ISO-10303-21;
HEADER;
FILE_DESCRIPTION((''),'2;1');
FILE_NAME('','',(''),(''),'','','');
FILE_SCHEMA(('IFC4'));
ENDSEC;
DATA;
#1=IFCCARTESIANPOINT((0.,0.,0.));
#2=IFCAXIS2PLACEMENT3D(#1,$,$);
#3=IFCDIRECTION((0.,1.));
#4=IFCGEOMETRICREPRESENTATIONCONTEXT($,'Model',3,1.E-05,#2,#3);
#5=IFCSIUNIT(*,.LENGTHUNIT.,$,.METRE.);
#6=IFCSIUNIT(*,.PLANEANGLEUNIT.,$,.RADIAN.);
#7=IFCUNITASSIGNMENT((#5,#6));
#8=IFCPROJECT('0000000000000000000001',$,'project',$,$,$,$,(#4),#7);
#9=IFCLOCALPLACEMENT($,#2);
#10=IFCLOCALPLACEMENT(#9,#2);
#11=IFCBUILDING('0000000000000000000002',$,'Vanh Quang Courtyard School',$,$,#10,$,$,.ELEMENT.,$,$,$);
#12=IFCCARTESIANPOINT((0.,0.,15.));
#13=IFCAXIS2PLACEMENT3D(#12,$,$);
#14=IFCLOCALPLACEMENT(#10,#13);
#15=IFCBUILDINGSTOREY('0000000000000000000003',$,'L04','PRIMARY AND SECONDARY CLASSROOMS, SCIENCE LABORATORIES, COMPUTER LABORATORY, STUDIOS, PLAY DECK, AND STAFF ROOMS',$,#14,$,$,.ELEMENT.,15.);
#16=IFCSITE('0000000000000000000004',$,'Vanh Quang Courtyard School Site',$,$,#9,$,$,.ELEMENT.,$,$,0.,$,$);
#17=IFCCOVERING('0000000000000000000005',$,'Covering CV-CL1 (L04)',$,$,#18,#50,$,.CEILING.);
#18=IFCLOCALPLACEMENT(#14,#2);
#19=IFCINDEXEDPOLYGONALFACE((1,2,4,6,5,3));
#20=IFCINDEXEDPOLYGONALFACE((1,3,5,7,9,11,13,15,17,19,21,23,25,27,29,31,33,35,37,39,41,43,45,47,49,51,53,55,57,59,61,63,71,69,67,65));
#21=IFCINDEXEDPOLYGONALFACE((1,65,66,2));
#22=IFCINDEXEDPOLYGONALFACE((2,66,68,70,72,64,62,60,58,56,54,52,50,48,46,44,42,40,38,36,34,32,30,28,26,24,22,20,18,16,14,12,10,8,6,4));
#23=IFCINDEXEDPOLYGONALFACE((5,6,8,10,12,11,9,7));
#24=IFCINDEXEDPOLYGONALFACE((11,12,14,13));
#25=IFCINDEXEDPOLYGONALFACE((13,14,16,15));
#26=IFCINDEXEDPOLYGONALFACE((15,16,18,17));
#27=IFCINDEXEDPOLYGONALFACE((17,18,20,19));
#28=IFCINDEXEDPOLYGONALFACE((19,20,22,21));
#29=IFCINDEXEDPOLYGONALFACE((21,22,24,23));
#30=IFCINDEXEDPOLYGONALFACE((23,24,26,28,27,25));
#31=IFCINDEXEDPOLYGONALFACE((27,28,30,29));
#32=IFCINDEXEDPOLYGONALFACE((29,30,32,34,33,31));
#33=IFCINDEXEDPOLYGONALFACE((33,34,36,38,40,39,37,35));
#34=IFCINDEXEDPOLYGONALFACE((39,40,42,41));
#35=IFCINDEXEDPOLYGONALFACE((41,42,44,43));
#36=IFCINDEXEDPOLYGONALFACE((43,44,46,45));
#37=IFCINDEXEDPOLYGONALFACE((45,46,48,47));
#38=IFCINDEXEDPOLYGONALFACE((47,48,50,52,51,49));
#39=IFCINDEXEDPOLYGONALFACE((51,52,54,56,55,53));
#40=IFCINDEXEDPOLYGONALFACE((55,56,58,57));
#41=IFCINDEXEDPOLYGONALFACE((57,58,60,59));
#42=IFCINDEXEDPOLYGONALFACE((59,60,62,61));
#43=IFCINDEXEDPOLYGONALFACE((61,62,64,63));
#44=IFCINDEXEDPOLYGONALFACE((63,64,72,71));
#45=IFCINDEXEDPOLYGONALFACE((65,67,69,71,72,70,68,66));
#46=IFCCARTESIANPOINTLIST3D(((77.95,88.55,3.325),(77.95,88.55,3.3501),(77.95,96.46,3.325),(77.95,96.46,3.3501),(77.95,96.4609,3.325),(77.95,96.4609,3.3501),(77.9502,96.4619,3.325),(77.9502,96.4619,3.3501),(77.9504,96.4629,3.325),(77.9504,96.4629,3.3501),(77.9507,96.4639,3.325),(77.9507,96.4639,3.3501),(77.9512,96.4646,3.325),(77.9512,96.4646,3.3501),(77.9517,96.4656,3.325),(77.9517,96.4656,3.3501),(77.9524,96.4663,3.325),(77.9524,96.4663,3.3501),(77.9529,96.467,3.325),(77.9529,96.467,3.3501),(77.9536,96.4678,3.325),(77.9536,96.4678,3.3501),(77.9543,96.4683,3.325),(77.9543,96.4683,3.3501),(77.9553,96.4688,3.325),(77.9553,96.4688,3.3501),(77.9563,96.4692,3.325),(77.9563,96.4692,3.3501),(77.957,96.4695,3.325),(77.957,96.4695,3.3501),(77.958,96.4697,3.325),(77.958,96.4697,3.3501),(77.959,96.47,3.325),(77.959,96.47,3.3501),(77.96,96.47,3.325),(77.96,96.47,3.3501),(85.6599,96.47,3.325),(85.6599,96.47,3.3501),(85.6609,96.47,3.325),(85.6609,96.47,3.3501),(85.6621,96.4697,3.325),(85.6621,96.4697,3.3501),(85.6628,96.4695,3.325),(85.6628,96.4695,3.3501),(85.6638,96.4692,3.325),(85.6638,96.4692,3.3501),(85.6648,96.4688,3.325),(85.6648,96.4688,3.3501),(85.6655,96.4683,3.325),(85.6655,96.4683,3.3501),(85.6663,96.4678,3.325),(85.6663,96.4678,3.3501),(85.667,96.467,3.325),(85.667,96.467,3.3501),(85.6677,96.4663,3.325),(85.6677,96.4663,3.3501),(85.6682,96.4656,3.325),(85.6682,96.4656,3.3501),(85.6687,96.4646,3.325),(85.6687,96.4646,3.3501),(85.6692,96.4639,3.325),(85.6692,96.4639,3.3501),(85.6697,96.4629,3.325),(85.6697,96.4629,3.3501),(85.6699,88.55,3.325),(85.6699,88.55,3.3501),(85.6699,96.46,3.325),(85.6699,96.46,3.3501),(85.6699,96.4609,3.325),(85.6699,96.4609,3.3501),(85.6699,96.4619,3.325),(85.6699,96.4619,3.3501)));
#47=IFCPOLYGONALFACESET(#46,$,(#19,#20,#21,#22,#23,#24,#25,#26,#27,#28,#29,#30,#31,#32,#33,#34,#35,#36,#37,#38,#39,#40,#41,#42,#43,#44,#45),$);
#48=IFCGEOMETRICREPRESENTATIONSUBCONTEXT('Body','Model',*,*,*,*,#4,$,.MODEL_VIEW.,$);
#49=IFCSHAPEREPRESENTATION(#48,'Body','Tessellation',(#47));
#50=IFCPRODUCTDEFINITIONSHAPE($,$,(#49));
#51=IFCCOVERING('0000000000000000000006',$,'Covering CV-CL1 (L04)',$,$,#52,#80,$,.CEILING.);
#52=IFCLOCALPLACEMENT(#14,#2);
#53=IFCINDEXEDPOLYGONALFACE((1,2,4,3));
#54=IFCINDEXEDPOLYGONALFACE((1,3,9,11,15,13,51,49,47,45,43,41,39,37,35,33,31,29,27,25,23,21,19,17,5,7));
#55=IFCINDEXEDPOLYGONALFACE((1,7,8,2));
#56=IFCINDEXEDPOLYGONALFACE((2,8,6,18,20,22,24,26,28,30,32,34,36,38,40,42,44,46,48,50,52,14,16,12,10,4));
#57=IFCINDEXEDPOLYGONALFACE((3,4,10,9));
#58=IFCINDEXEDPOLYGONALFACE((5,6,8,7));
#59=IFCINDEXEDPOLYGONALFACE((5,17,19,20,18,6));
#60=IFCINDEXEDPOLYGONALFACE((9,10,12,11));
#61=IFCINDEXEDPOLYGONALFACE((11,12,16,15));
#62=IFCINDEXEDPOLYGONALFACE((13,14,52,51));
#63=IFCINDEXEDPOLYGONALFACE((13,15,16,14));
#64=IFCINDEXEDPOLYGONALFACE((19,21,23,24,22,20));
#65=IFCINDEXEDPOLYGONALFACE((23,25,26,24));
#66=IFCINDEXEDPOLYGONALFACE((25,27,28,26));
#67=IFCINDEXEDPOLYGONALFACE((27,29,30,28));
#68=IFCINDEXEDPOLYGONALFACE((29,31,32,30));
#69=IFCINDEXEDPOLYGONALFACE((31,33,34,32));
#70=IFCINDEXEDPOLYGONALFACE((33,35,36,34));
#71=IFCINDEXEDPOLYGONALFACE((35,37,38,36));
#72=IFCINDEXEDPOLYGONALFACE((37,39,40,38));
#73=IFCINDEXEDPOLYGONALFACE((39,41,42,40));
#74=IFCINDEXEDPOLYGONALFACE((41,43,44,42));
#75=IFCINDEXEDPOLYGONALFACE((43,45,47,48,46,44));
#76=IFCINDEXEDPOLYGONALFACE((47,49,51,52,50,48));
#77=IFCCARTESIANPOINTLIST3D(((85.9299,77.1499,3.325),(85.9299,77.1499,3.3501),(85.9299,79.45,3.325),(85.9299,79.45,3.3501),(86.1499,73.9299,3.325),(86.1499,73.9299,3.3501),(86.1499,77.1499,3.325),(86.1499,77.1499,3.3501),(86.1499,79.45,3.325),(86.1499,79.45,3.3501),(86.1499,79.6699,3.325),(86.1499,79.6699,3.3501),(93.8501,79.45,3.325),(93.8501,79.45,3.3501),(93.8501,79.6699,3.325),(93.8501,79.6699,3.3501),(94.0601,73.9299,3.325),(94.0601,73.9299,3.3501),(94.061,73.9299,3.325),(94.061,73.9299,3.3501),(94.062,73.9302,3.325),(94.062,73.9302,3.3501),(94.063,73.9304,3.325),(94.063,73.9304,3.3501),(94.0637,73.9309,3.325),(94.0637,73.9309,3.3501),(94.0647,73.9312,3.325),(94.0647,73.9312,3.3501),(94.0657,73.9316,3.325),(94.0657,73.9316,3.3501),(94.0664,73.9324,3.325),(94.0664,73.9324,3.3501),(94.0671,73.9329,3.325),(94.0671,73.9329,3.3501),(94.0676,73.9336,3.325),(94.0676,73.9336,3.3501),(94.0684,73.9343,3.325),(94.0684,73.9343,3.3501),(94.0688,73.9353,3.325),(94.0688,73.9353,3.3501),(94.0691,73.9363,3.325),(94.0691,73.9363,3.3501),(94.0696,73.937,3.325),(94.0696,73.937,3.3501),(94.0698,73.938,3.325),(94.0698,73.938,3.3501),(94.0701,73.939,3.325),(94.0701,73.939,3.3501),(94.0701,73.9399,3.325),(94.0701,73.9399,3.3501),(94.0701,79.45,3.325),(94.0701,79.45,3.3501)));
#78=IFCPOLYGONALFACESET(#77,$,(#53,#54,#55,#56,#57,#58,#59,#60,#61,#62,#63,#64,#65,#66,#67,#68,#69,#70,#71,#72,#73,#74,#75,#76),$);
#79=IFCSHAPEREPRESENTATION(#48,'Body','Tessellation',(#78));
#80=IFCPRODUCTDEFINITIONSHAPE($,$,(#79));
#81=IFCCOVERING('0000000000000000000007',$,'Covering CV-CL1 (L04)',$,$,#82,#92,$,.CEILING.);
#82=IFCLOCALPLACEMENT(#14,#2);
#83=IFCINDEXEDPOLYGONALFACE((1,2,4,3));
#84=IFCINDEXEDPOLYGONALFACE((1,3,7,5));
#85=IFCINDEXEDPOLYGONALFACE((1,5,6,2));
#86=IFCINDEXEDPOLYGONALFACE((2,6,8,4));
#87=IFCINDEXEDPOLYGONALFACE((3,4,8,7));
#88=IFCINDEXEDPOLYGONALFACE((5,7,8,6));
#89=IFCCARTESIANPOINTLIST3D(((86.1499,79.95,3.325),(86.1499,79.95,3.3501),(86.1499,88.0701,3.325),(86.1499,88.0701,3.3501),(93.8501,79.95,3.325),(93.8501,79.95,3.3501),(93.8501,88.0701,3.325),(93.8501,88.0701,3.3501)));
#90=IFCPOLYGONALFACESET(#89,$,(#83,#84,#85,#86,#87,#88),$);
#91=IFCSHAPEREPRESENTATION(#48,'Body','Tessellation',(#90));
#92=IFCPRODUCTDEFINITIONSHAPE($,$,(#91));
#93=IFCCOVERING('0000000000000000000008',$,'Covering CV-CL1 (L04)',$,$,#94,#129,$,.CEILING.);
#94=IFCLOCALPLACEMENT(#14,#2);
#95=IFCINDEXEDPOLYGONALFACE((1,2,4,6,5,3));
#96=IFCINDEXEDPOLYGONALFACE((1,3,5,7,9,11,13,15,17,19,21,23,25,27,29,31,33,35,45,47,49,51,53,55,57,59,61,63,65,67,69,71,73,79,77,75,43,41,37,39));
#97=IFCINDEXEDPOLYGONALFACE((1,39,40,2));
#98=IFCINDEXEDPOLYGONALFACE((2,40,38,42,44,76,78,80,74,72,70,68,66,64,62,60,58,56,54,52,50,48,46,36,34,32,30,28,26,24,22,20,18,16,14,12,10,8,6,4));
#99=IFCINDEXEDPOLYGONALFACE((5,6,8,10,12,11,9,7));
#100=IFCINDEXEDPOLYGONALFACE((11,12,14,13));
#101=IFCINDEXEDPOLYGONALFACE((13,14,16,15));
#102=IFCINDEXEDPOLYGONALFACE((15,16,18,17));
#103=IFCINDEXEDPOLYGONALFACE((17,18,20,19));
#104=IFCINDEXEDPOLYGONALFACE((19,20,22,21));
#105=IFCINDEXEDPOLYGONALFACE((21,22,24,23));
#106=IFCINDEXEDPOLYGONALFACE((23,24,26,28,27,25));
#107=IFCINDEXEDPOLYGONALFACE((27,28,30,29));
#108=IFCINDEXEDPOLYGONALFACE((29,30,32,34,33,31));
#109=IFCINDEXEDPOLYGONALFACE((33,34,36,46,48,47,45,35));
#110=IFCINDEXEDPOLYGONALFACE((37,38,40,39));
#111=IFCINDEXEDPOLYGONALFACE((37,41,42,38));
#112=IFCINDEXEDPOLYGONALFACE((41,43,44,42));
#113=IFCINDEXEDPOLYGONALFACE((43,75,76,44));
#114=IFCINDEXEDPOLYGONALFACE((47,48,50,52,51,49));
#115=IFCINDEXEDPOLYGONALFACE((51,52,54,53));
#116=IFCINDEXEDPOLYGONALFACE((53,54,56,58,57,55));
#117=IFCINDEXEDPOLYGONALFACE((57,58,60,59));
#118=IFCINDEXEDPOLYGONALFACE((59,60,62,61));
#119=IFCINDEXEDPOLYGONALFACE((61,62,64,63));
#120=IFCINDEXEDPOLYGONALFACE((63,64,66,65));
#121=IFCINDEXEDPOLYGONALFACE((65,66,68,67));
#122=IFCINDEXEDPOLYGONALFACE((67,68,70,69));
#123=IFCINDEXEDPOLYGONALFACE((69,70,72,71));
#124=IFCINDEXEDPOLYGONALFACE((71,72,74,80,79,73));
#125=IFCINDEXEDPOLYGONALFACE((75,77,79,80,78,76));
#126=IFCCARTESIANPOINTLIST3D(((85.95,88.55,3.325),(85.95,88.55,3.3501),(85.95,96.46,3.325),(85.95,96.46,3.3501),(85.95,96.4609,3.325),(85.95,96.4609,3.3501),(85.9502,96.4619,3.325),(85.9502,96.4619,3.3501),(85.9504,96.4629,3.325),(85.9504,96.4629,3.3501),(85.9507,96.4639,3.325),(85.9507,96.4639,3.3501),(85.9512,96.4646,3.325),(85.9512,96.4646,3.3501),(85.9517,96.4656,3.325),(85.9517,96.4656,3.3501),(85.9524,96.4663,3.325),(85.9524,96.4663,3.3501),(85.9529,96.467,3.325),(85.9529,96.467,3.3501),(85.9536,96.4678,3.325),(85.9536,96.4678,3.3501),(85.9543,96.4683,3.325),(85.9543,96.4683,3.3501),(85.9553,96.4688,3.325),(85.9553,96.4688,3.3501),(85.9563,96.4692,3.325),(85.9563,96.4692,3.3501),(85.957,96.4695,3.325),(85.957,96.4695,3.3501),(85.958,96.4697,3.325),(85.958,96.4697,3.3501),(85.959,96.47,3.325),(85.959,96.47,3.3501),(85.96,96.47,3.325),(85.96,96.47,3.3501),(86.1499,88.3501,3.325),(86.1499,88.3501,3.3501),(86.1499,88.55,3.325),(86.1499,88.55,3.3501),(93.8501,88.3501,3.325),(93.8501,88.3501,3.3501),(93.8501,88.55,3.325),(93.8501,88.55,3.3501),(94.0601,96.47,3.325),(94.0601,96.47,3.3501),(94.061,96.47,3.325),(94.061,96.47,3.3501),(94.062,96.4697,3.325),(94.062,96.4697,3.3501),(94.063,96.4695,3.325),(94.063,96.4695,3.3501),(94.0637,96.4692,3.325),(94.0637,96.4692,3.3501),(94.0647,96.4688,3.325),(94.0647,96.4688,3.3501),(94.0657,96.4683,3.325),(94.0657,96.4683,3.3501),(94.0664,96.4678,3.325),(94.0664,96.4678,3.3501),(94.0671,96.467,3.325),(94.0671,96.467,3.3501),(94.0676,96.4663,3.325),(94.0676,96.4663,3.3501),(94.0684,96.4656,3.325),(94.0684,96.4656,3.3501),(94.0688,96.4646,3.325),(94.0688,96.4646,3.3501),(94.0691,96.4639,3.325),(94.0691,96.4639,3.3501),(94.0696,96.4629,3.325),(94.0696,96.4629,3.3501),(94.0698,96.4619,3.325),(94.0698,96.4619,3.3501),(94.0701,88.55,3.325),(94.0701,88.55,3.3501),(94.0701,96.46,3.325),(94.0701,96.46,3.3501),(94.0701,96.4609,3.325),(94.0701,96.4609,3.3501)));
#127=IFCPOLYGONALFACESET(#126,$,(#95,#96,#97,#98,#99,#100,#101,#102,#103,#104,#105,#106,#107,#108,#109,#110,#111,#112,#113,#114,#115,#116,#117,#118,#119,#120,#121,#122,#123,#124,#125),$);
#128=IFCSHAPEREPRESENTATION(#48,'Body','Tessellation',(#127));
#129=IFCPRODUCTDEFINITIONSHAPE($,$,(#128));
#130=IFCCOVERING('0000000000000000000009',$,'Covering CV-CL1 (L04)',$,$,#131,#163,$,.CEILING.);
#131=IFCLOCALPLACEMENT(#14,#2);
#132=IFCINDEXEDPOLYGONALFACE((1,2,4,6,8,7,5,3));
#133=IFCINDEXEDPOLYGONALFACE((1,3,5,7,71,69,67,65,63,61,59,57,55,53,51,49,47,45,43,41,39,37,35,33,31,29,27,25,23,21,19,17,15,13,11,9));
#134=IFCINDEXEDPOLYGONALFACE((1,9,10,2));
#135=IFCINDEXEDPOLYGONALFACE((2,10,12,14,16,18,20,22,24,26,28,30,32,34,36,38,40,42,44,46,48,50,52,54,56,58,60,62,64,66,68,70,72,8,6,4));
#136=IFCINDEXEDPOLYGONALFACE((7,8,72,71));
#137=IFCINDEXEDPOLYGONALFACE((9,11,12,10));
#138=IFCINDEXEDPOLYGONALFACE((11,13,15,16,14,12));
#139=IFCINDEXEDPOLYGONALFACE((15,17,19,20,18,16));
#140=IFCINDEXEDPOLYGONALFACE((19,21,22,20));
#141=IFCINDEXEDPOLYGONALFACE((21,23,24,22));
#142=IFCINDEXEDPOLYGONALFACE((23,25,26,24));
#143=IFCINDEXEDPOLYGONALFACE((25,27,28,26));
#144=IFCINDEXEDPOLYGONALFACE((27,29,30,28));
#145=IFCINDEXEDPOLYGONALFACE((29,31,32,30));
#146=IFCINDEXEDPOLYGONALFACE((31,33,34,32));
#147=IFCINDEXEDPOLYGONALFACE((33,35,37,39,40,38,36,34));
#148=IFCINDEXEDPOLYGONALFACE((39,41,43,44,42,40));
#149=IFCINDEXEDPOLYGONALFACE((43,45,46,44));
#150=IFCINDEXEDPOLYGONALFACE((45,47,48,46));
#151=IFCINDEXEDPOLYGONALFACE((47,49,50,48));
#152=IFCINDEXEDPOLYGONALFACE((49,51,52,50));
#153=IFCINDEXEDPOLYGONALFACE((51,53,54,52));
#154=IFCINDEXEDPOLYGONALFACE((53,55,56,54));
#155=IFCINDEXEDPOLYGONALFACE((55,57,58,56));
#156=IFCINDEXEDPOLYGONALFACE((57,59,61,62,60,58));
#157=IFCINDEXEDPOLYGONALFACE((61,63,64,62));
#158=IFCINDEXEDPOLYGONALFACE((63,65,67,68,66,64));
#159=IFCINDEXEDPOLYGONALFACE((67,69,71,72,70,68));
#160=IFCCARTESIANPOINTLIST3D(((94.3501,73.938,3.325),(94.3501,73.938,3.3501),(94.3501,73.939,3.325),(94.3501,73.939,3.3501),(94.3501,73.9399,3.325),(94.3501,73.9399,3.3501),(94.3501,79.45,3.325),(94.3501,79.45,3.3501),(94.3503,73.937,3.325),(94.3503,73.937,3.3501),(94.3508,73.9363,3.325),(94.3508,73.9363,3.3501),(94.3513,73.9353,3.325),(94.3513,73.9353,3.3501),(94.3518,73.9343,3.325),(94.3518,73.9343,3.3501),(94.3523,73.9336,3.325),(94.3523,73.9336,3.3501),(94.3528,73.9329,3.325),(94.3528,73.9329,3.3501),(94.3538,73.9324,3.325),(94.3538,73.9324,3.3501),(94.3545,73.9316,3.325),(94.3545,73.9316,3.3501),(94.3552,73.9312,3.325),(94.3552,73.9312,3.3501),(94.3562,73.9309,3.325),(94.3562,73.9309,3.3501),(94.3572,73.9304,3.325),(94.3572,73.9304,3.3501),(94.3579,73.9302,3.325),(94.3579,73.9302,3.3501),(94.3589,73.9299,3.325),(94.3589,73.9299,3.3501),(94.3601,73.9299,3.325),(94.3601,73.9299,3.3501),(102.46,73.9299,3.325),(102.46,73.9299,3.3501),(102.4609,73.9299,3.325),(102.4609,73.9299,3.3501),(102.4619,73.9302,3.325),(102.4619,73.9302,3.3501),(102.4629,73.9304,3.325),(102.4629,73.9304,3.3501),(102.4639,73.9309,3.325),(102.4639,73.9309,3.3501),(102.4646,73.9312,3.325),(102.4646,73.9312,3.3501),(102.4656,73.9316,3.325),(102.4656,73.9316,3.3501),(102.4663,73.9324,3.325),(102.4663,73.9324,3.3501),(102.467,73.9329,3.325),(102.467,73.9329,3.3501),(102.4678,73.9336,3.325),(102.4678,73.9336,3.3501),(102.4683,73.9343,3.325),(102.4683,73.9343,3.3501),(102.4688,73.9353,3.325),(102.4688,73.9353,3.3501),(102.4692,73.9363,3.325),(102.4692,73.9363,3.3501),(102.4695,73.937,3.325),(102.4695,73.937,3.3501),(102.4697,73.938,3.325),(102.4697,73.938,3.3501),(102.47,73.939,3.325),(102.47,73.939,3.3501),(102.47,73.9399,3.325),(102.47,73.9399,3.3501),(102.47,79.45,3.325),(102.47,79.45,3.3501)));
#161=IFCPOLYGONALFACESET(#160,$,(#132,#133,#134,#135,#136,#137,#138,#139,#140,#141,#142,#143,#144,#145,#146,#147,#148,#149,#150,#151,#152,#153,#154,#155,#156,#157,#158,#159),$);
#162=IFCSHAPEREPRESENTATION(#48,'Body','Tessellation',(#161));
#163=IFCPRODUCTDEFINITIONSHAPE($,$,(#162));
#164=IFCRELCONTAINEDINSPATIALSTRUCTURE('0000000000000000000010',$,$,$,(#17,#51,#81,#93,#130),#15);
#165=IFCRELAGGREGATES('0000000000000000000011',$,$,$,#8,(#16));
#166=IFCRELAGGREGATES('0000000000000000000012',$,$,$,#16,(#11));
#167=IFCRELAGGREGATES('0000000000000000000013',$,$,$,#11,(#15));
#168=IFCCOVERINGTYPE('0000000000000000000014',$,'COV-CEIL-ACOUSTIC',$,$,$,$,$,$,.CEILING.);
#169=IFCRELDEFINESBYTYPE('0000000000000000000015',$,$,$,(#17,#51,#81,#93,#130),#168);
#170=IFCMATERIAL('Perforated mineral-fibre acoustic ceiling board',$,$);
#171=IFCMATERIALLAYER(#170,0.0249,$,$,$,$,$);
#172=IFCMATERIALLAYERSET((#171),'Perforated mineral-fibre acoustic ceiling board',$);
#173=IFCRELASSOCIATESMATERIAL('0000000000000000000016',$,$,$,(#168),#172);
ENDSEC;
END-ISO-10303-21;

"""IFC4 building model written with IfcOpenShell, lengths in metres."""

from ifc_helpers import new_model, si_unit, direction, frame, origin, place, context, subcontext, project, spatial, polyline, outline, extrude, material, layer, layer_set, type_object, element, save


model = new_model("IFC4")

# Units and contexts
model_context = context("Model", 3, precision=1e-05, world=origin(), true_north=direction((0.0, 1.0)))
body_context = subcontext(model_context, "Body", "Model", "MODEL_VIEW")
ifc_project = project(units=[si_unit("LENGTHUNIT", "METRE"), si_unit("PLANEANGLEUNIT", "RADIAN")], contexts=[model_context])

# Site, building, storey
site_placement = place(None, origin())
site = spatial("IfcSite", under=ifc_project, at=site_placement, Name="Vanh Quang Courtyard School Site", CompositionType="ELEMENT", RefElevation=0.0)
building_placement = place(site_placement, origin())
building = spatial("IfcBuilding", under=site, at=building_placement, Name="Vanh Quang Courtyard School", CompositionType="ELEMENT")
storey_placement = place(building_placement, frame((0.0, 0.0, 15.0)))
storey = spatial("IfcBuildingStorey", under=building, at=storey_placement, Name="L04", Description="PRIMARY AND SECONDARY CLASSROOMS, SCIENCE LABORATORIES, COMPUTER LABORATORY, STUDIOS, PLAY DECK, AND STAFF ROOMS", CompositionType="ELEMENT", Elevation=15.0)

# Coverings
ifc_material_1 = material(Name="Perforated mineral-fibre acoustic ceiling board")
ifc_layer_1 = layer(ifc_material_1, 0.0249)
ifc_layer_set_1 = layer_set([ifc_layer_1], Name="Perforated mineral-fibre acoustic ceiling board")
covering_type_1 = type_object("IfcCoveringType", Name="COV-CEIL-ACOUSTIC", PredefinedType="CEILING", material=ifc_layer_set_1)
covering_1_placement = place(storey_placement, frame((0.0, 0.0, 3.325)))
element("IfcCovering", 1, at=covering_1_placement, inside=storey, type_object=covering_type_1, Name="Covering CV-CL1 (L04)", PredefinedType="CEILING", context=body_context, shape_type="SweptSolid", body=[
    extrude(outline(polyline([(77.95, 96.46), (77.95, 96.4609), (77.9502, 96.4619), (77.9504, 96.4629), (77.9507, 96.4639), (77.9512, 96.4646), (77.9517, 96.4656), (77.9524, 96.4663), (77.9529, 96.467), (77.9536, 96.4678), (77.9543, 96.4683), (77.9553, 96.4688), (77.9563, 96.4692), (77.957, 96.4695), (77.958, 96.4697), (77.959, 96.47), (77.96, 96.47), (85.6599, 96.47), (85.6609, 96.47), (85.6621, 96.4697), (85.6628, 96.4695), (85.6638, 96.4692), (85.6648, 96.4688), (85.6655, 96.4683), (85.6663, 96.4678), (85.667, 96.467), (85.6677, 96.4663), (85.6682, 96.4656), (85.6687, 96.4646), (85.6692, 96.4639), (85.6697, 96.4629), (85.6699, 96.4619), (85.6699, 96.4609), (85.6699, 96.46), (85.6699, 88.55), (77.95, 88.55), (77.95, 96.46)])), origin(), (0.0, 0.0, 1.0), 0.0251),
])
covering_2_placement = place(storey_placement, frame((0.0, 0.0, 3.325)))
element("IfcCovering", 2, at=covering_2_placement, inside=storey, type_object=covering_type_1, Name="Covering CV-CL1 (L04)", PredefinedType="CEILING", context=body_context, shape_type="SweptSolid", body=[
    extrude(outline(polyline([(85.9299, 79.45), (86.1499, 79.45), (86.1499, 79.6699), (93.8501, 79.6699), (93.8501, 79.45), (94.0701, 79.45), (94.0701, 73.9399), (94.0701, 73.939), (94.0698, 73.938), (94.0696, 73.937), (94.0691, 73.9363), (94.0688, 73.9353), (94.0684, 73.9343), (94.0676, 73.9336), (94.0671, 73.9329), (94.0664, 73.9324), (94.0657, 73.9316), (94.0647, 73.9312), (94.0637, 73.9309), (94.063, 73.9304), (94.062, 73.9302), (94.061, 73.9299), (94.0601, 73.9299), (86.1499, 73.9299), (86.1499, 77.1499), (85.9299, 77.1499), (85.9299, 79.45)])), origin(), (0.0, 0.0, 1.0), 0.0251),
])
covering_3_placement = place(storey_placement, frame((0.0, 0.0, 3.325)))
element("IfcCovering", 3, at=covering_3_placement, inside=storey, type_object=covering_type_1, Name="Covering CV-CL1 (L04)", PredefinedType="CEILING", context=body_context, shape_type="SweptSolid", body=[
    extrude(outline(polyline([(86.1499, 79.95), (86.1499, 88.0701), (93.8501, 88.0701), (93.8501, 79.95), (86.1499, 79.95)])), origin(), (0.0, 0.0, 1.0), 0.0251),
])
covering_4_placement = place(storey_placement, frame((0.0, 0.0, 3.325)))
element("IfcCovering", 4, at=covering_4_placement, inside=storey, type_object=covering_type_1, Name="Covering CV-CL1 (L04)", PredefinedType="CEILING", context=body_context, shape_type="SweptSolid", body=[
    extrude(outline(polyline([(86.1499, 88.3501), (86.1499, 88.55), (85.95, 88.55), (85.95, 96.46), (85.95, 96.4609), (85.9502, 96.4619), (85.9504, 96.4629), (85.9507, 96.4639), (85.9512, 96.4646), (85.9517, 96.4656), (85.9524, 96.4663), (85.9529, 96.467), (85.9536, 96.4678), (85.9543, 96.4683), (85.9553, 96.4688), (85.9563, 96.4692), (85.957, 96.4695), (85.958, 96.4697), (85.959, 96.47), (85.96, 96.47), (94.0601, 96.47), (94.061, 96.47), (94.062, 96.4697), (94.063, 96.4695), (94.0637, 96.4692), (94.0647, 96.4688), (94.0657, 96.4683), (94.0664, 96.4678), (94.0671, 96.467), (94.0676, 96.4663), (94.0684, 96.4656), (94.0688, 96.4646), (94.0691, 96.4639), (94.0696, 96.4629), (94.0698, 96.4619), (94.0701, 96.4609), (94.0701, 96.46), (94.0701, 88.55), (93.8501, 88.55), (93.8501, 88.3501), (86.1499, 88.3501)])), origin(), (0.0, 0.0, 1.0), 0.0251),
])
covering_5_placement = place(storey_placement, frame((0.0, 0.0, 3.325)))
element("IfcCovering", 5, at=covering_5_placement, inside=storey, type_object=covering_type_1, Name="Covering CV-CL1 (L04)", PredefinedType="CEILING", context=body_context, shape_type="SweptSolid", body=[
    extrude(outline(polyline([(94.3601, 73.9299), (94.3589, 73.9299), (94.3579, 73.9302), (94.3572, 73.9304), (94.3562, 73.9309), (94.3552, 73.9312), (94.3545, 73.9316), (94.3538, 73.9324), (94.3528, 73.9329), (94.3523, 73.9336), (94.3518, 73.9343), (94.3513, 73.9353), (94.3508, 73.9363), (94.3503, 73.937), (94.3501, 73.938), (94.3501, 73.939), (94.3501, 73.9399), (94.3501, 79.45), (102.47, 79.45), (102.47, 73.9399), (102.47, 73.939), (102.4697, 73.938), (102.4695, 73.937), (102.4692, 73.9363), (102.4688, 73.9353), (102.4683, 73.9343), (102.4678, 73.9336), (102.467, 73.9329), (102.4663, 73.9324), (102.4656, 73.9316), (102.4646, 73.9312), (102.4639, 73.9309), (102.4629, 73.9304), (102.4619, 73.9302), (102.4609, 73.9299), (102.46, 73.9299), (94.3601, 73.9299)])), origin(), (0.0, 0.0, 1.0), 0.0251),
])

save(model, "model.ifc")
